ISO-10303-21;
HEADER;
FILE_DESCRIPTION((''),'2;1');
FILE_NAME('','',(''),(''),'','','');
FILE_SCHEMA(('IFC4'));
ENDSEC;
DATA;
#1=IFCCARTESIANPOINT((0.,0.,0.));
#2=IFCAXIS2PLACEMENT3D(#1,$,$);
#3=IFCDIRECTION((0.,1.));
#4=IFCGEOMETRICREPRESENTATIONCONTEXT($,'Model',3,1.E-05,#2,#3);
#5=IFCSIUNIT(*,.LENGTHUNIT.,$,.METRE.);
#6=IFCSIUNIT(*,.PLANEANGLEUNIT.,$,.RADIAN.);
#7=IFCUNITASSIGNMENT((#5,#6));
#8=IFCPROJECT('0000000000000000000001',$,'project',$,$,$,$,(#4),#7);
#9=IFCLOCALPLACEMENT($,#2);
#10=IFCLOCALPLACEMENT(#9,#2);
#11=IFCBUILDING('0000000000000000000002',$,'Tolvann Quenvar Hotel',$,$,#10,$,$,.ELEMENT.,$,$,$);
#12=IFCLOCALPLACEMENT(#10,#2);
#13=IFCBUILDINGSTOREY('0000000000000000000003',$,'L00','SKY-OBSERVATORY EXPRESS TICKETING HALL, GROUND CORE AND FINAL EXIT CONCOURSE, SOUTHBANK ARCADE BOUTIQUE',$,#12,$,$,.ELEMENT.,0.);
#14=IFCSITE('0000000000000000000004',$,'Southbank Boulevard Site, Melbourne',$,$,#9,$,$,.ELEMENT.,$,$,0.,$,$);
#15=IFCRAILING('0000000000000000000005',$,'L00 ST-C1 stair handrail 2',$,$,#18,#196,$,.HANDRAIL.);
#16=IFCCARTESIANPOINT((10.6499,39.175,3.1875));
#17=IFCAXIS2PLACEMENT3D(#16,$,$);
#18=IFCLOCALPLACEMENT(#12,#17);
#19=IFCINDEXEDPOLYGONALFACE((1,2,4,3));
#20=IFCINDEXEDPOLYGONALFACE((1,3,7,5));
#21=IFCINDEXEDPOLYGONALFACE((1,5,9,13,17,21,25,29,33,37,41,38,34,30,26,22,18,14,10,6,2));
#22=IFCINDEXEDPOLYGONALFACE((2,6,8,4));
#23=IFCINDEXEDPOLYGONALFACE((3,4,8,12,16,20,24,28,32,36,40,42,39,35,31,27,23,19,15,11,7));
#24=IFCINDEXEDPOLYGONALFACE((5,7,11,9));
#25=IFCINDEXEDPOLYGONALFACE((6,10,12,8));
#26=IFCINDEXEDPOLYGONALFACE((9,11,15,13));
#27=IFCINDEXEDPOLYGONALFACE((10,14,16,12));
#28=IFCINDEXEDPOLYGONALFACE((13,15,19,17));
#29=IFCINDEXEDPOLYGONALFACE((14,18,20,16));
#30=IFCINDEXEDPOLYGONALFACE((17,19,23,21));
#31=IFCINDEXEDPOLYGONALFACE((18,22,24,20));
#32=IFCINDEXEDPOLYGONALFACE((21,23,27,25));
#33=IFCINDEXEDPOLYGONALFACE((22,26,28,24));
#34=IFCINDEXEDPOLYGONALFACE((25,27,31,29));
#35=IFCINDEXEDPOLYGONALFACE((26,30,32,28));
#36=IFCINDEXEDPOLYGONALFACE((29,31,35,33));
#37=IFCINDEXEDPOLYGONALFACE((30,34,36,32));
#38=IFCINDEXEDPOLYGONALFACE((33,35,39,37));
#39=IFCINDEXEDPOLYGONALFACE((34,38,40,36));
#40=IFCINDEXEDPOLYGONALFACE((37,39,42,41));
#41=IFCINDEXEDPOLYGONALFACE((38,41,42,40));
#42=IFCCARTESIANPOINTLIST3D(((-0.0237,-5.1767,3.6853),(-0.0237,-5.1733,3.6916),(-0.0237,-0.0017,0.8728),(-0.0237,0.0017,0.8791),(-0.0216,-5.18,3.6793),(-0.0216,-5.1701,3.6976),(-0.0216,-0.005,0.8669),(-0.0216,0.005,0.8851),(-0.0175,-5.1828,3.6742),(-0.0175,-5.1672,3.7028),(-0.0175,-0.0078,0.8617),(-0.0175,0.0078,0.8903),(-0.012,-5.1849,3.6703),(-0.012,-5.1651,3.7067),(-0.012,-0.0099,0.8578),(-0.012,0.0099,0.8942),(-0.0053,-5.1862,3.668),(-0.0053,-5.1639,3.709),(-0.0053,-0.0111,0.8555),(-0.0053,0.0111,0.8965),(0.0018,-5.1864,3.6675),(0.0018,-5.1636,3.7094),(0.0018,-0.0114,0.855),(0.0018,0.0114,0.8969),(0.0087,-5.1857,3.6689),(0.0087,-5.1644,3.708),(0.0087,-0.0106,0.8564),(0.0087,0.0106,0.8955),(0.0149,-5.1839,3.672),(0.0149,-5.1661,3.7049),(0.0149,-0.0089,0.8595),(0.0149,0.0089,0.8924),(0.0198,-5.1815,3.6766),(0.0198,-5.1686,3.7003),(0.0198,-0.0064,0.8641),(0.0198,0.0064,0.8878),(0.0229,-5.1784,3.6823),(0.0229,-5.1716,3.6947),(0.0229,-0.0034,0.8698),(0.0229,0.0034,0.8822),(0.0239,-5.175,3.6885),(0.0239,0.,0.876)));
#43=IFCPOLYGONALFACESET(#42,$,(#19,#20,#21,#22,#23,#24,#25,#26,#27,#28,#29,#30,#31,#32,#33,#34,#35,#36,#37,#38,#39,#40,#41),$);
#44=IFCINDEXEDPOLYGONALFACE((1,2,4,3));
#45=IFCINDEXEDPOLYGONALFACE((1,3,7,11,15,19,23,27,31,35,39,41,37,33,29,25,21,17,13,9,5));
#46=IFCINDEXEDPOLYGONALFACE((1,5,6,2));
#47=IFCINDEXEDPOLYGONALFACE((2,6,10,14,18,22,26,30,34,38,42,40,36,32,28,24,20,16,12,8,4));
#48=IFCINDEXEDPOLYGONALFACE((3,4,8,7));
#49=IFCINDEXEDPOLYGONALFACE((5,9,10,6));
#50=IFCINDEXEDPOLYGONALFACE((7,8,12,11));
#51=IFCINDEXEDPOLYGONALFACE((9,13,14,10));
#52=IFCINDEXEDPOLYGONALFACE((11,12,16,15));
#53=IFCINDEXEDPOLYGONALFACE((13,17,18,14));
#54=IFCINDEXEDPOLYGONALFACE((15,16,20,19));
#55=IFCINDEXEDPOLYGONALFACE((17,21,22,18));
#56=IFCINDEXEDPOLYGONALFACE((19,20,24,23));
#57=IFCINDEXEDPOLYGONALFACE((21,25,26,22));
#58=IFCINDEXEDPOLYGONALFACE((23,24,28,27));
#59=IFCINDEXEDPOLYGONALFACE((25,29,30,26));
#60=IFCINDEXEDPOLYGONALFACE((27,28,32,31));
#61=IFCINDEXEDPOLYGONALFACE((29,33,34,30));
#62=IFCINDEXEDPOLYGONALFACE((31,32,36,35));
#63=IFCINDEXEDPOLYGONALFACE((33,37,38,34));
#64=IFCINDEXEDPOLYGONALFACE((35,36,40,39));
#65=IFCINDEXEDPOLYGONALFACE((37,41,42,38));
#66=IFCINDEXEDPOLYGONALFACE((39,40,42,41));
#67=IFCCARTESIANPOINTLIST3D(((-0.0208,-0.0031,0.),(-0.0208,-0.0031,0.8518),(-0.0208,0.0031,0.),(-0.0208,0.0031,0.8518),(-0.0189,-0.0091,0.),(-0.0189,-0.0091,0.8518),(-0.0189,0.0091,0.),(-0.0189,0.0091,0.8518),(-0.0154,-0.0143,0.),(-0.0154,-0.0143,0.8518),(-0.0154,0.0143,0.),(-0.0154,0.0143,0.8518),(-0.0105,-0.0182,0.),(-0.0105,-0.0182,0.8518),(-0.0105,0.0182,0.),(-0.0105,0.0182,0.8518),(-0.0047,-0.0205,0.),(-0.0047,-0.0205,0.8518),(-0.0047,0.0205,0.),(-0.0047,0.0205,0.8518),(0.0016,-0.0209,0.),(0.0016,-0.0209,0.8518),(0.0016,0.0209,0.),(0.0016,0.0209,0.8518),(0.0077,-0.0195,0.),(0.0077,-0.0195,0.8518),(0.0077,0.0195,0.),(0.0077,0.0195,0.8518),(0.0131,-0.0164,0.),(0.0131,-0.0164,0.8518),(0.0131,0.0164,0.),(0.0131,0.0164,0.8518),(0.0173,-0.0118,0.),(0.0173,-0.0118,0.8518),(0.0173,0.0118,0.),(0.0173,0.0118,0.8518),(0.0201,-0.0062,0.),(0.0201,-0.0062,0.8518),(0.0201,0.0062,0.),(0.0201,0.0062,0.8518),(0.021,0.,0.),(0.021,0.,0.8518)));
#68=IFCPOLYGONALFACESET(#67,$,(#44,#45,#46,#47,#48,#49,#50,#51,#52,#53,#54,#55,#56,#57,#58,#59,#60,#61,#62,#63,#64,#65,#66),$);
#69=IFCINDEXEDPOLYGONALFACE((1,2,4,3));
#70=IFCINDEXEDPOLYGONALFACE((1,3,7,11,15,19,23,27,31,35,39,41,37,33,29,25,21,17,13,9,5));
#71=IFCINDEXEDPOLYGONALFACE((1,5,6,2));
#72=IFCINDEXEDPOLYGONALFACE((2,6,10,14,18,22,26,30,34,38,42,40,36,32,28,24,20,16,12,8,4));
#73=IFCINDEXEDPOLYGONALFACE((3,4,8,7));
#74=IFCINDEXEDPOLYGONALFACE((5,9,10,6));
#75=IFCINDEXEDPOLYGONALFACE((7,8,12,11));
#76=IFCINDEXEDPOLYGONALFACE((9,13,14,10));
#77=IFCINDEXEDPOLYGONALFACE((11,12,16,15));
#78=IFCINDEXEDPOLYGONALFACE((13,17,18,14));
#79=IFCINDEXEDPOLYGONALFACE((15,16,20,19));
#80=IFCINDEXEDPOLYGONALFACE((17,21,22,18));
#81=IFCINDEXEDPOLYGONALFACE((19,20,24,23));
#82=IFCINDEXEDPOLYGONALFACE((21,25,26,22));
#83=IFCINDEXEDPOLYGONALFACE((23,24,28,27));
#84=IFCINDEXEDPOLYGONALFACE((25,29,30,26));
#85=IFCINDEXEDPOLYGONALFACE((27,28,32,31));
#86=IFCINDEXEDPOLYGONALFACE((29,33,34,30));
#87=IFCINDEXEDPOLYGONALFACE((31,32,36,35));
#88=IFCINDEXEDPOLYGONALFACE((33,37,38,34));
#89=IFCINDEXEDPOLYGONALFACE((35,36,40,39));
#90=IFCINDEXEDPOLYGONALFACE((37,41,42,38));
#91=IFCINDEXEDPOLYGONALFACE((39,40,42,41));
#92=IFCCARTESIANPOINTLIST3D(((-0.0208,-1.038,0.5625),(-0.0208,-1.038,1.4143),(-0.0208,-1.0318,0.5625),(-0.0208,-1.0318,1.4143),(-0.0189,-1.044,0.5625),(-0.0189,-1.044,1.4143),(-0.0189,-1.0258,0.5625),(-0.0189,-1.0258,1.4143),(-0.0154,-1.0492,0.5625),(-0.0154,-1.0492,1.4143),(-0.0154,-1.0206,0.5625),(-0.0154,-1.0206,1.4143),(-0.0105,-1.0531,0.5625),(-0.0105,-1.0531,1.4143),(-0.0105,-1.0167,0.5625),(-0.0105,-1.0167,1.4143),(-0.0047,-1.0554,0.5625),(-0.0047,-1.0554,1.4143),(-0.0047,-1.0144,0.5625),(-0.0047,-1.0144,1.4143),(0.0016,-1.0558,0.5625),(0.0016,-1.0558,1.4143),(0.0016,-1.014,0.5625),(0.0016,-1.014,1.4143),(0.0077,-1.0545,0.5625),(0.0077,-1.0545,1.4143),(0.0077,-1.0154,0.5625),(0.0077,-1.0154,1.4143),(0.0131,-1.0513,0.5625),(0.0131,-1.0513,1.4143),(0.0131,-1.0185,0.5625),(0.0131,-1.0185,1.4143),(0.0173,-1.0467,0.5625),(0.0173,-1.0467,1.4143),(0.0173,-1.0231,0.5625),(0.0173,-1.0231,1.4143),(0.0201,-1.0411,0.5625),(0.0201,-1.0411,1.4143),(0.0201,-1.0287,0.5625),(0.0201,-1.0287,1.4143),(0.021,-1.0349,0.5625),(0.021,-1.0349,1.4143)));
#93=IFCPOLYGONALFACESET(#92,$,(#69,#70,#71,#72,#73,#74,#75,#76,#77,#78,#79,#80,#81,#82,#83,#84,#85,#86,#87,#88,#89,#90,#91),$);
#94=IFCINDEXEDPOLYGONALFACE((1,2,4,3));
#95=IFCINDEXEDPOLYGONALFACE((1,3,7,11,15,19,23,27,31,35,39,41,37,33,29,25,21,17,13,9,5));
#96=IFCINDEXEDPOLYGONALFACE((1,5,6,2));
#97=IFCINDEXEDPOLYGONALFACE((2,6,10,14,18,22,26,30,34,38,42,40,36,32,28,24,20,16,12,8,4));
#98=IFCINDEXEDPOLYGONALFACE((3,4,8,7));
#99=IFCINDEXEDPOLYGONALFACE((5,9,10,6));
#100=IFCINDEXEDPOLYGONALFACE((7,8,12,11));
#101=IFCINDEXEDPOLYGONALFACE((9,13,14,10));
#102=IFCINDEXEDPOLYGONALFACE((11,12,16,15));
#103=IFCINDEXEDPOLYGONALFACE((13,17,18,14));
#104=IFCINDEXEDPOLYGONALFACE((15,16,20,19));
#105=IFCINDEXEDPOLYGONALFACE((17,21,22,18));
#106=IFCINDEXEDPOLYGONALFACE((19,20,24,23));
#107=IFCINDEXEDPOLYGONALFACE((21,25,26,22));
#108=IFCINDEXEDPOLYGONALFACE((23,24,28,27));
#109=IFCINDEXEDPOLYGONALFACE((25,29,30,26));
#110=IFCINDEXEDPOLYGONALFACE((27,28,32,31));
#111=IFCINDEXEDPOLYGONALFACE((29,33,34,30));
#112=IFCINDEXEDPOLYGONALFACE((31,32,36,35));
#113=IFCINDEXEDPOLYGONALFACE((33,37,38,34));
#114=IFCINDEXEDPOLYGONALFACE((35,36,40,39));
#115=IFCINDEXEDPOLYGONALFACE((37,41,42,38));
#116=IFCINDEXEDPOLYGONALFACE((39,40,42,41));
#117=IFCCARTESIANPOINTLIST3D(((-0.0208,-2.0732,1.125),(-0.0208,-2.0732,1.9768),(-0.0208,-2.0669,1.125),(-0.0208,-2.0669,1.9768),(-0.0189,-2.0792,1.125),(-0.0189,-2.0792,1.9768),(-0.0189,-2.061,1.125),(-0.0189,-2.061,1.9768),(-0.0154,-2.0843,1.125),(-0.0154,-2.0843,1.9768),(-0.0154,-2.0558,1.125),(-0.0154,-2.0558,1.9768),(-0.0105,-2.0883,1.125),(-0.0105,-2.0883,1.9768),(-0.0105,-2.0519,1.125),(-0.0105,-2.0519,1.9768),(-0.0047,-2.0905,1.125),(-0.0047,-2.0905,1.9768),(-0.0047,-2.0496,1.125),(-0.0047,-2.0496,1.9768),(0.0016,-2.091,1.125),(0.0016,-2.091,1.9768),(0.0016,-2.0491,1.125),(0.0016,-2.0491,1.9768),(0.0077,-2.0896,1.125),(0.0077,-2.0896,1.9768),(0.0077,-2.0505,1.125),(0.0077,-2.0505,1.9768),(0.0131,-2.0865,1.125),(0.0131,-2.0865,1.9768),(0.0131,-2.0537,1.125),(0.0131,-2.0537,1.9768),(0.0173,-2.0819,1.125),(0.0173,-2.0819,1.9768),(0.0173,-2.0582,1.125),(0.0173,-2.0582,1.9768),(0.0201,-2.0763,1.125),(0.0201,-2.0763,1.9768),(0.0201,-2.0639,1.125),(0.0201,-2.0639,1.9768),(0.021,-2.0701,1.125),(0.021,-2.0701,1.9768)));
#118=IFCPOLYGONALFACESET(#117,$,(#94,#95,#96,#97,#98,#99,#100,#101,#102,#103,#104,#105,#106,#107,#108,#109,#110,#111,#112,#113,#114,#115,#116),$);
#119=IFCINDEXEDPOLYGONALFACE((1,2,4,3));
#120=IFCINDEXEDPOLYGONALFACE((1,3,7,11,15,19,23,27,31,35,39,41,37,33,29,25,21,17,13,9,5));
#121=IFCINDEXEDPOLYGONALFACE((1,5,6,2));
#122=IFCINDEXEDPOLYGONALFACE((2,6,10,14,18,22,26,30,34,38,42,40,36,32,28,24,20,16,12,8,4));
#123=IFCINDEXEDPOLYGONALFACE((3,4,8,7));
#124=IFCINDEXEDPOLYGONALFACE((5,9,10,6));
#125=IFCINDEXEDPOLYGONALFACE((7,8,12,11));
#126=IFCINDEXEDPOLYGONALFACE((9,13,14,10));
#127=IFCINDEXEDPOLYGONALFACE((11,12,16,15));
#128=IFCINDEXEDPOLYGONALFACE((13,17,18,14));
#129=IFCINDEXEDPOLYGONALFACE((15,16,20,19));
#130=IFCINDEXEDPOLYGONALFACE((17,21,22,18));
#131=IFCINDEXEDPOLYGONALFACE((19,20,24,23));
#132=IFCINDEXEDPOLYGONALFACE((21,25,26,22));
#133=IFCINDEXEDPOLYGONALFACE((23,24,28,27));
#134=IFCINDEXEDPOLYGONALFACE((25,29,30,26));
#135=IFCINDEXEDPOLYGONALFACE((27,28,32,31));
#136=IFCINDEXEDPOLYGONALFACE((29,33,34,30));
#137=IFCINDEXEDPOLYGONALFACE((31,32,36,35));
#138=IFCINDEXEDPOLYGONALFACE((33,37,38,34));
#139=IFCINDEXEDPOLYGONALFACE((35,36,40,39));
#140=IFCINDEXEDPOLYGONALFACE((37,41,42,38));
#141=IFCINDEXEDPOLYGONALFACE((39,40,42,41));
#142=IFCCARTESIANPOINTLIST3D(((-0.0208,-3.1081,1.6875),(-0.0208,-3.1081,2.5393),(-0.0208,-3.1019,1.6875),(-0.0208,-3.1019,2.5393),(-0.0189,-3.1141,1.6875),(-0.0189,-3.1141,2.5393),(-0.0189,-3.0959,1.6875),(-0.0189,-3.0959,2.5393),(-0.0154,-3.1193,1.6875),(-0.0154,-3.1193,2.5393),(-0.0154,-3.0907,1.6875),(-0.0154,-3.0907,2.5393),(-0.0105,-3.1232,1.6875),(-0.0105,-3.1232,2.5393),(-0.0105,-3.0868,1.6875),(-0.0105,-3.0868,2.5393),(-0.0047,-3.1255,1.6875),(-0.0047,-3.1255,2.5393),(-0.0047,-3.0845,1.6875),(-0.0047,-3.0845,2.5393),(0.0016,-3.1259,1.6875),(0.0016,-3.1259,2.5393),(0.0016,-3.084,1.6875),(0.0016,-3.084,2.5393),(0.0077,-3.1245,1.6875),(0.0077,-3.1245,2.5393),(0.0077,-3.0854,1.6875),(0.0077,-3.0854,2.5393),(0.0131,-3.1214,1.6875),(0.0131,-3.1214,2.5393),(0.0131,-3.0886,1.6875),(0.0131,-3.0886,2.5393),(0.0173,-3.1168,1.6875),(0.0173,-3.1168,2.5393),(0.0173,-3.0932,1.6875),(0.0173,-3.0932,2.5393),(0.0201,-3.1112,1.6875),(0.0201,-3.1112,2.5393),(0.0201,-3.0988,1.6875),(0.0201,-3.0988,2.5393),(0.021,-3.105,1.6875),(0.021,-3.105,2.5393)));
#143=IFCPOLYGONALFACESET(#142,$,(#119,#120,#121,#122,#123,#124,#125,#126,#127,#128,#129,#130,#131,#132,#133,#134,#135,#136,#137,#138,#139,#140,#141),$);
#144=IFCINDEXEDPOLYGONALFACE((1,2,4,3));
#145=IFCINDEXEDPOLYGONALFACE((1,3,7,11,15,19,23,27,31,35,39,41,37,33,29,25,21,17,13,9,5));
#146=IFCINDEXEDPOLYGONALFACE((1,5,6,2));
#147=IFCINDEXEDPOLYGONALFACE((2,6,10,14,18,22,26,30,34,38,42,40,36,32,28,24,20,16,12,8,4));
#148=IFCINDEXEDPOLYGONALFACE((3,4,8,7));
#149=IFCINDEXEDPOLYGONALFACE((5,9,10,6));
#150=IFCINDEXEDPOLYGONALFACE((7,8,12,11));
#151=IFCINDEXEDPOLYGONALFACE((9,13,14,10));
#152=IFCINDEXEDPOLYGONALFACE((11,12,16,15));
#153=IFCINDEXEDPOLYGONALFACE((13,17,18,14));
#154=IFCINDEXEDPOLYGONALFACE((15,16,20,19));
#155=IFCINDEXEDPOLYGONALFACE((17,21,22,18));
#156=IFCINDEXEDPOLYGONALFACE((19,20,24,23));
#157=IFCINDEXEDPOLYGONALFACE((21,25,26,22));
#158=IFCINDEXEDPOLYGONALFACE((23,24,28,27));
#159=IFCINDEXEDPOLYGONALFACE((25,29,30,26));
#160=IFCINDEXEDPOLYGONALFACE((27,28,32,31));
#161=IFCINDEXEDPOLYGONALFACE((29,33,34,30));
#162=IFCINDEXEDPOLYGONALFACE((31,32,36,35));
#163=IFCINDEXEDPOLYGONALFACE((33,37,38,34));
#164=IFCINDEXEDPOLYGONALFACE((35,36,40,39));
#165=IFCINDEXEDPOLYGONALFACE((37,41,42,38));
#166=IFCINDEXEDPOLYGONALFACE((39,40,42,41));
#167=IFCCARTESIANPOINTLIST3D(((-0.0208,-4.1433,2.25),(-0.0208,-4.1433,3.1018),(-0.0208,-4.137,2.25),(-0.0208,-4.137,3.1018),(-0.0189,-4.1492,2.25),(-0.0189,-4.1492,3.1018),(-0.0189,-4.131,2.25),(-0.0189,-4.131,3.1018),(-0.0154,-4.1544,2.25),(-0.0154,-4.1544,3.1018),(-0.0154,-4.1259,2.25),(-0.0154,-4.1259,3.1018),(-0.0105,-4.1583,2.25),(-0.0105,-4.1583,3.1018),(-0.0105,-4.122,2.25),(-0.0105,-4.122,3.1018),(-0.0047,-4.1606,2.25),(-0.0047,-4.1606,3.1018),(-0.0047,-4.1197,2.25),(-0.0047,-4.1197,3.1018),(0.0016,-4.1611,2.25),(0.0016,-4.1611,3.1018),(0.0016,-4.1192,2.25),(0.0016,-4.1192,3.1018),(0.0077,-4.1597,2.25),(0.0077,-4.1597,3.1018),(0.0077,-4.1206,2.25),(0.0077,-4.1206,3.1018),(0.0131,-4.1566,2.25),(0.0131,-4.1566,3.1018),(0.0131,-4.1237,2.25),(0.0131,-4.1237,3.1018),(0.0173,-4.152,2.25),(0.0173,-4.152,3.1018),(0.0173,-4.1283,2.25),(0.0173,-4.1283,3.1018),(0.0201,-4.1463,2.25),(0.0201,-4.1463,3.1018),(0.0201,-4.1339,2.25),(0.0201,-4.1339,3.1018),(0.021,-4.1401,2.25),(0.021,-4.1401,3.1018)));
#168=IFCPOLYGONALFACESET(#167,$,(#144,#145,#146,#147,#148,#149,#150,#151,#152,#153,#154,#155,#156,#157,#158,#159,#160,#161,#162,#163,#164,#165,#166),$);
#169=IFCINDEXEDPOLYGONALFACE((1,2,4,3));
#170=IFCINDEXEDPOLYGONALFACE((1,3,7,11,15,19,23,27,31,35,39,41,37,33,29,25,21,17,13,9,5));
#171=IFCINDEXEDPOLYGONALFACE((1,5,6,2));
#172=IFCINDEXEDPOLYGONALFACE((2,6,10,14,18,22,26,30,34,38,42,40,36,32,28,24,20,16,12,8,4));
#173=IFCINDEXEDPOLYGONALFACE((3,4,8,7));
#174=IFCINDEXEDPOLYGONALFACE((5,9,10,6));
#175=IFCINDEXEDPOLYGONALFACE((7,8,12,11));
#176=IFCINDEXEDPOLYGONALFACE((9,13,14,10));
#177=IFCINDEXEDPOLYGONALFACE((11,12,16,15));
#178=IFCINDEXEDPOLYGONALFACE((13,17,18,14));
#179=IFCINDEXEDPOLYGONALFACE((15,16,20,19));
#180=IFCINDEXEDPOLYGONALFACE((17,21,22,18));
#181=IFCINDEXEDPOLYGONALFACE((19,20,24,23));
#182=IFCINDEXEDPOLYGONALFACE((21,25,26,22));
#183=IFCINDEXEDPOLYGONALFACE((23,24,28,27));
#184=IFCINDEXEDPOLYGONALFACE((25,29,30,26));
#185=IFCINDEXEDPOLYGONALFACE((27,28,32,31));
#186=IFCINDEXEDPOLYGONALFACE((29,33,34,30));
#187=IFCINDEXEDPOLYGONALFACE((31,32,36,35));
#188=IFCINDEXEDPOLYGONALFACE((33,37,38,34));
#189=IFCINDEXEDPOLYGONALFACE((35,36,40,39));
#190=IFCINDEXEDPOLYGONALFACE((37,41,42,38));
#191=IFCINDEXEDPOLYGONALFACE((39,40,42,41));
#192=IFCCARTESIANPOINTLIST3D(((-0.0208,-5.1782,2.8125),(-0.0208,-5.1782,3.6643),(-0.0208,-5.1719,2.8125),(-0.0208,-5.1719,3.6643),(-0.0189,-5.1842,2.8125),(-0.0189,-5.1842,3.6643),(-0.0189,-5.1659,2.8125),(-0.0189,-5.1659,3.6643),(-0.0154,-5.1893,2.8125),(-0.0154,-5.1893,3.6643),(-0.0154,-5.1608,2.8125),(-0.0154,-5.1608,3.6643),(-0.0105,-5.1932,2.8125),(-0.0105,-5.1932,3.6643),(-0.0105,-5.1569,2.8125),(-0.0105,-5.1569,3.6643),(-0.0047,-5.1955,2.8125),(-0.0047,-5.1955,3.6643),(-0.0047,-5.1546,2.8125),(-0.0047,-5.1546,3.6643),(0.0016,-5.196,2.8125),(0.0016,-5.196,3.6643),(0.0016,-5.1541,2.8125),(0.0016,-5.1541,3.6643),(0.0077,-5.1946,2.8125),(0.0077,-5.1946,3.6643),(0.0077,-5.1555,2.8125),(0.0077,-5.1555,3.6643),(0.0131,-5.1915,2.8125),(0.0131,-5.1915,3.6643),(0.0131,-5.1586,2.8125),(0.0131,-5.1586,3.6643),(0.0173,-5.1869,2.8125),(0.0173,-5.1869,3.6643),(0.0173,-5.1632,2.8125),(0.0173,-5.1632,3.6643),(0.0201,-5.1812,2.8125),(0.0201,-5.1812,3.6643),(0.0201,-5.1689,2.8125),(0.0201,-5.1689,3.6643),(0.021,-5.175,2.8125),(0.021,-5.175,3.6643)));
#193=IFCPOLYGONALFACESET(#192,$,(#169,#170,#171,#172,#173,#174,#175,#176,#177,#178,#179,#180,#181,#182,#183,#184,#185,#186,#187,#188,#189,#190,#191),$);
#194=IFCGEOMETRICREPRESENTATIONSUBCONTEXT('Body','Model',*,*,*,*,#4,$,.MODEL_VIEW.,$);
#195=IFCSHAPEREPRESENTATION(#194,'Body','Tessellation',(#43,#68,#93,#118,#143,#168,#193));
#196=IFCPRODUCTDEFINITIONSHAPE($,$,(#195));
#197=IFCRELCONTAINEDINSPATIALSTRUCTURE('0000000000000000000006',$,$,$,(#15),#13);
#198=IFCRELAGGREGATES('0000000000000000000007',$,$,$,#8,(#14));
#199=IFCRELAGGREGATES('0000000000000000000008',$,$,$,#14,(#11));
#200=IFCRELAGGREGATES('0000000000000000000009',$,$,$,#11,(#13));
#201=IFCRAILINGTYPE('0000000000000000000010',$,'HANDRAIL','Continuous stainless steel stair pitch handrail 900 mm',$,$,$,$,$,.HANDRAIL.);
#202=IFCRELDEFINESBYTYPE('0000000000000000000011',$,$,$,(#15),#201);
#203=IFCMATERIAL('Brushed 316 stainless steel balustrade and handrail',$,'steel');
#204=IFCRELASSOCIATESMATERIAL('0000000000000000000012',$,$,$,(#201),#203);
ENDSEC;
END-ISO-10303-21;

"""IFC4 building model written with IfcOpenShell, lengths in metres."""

from ifc_helpers import new_model, si_unit, direction, frame, origin, origin_2d, place, context, subcontext, project, spatial, circle, extrude, material, type_object, element, save


model = new_model("IFC4")

# Units and contexts
model_context = context("Model", 3, precision=1e-05, world=origin(), true_north=direction((0.0, 1.0)))
body_context = subcontext(model_context, "Body", "Model", "MODEL_VIEW")
ifc_project = project(units=[si_unit("LENGTHUNIT", "METRE"), si_unit("PLANEANGLEUNIT", "RADIAN")], contexts=[model_context])

# Site, building, storey
site_placement = place(None, origin())
site = spatial("IfcSite", under=ifc_project, at=site_placement, Name="Southbank Boulevard Site, Melbourne", CompositionType="ELEMENT", RefElevation=0.0)
building_placement = place(site_placement, origin())
building = spatial("IfcBuilding", under=site, at=building_placement, Name="Tolvann Quenvar Hotel", CompositionType="ELEMENT")
storey_placement = place(building_placement, origin())
storey = spatial("IfcBuildingStorey", under=building, at=storey_placement, Name="L00", Description="SKY-OBSERVATORY EXPRESS TICKETING HALL, GROUND CORE AND FINAL EXIT CONCOURSE, SOUTHBANK ARCADE BOUTIQUE", CompositionType="ELEMENT", Elevation=0.0)

# Railing
ifc_material_1 = material(Name="Brushed 316 stainless steel balustrade and handrail", Category="steel")
railing_type_1 = type_object("IfcRailingType", Name="HANDRAIL", Description="Continuous stainless steel stair pitch handrail 900 mm", PredefinedType="HANDRAIL", material=ifc_material_1)
railing_1_placement = place(storey_placement, frame((10.6499, 39.175, 3.1875)))
element("IfcRailing", 1, at=railing_1_placement, inside=storey, type_object=railing_type_1, Name="L00 ST-C1 stair handrail 2", PredefinedType="HANDRAIL", context=body_context, shape_type="SweptSolid", body=[
    extrude(circle(Radius=0.0239, at=origin_2d()), frame((0.0, 0.0, 0.876), z_axis=(0.0, -0.878626, 0.47751), x_axis=(1.0, 0.0, 0.0)), (0.0, 0.0, 1.0), 5.8899),
    extrude(circle(Radius=0.021, at=origin_2d()), origin(), (0.0, 0.0, 1.0), 0.8518),
    extrude(circle(Radius=0.021, at=origin_2d()), frame((0.0, -1.0349, 0.5625)), (0.0, 0.0, 1.0), 0.8518),
    extrude(circle(Radius=0.021, at=origin_2d()), frame((0.0, -2.0701, 1.125)), (0.0, 0.0, 1.0), 0.8518),
    extrude(circle(Radius=0.021, at=origin_2d()), frame((0.0, -3.105, 1.6875)), (0.0, 0.0, 1.0), 0.8518),
    extrude(circle(Radius=0.021, at=origin_2d()), frame((0.0, -4.1401, 2.25)), (0.0, 0.0, 1.0), 0.8518),
    extrude(circle(Radius=0.021, at=origin_2d()), frame((0.0, -5.175, 2.8125)), (0.0, 0.0, 1.0), 0.8518),
])

save(model, "model.ifc")
